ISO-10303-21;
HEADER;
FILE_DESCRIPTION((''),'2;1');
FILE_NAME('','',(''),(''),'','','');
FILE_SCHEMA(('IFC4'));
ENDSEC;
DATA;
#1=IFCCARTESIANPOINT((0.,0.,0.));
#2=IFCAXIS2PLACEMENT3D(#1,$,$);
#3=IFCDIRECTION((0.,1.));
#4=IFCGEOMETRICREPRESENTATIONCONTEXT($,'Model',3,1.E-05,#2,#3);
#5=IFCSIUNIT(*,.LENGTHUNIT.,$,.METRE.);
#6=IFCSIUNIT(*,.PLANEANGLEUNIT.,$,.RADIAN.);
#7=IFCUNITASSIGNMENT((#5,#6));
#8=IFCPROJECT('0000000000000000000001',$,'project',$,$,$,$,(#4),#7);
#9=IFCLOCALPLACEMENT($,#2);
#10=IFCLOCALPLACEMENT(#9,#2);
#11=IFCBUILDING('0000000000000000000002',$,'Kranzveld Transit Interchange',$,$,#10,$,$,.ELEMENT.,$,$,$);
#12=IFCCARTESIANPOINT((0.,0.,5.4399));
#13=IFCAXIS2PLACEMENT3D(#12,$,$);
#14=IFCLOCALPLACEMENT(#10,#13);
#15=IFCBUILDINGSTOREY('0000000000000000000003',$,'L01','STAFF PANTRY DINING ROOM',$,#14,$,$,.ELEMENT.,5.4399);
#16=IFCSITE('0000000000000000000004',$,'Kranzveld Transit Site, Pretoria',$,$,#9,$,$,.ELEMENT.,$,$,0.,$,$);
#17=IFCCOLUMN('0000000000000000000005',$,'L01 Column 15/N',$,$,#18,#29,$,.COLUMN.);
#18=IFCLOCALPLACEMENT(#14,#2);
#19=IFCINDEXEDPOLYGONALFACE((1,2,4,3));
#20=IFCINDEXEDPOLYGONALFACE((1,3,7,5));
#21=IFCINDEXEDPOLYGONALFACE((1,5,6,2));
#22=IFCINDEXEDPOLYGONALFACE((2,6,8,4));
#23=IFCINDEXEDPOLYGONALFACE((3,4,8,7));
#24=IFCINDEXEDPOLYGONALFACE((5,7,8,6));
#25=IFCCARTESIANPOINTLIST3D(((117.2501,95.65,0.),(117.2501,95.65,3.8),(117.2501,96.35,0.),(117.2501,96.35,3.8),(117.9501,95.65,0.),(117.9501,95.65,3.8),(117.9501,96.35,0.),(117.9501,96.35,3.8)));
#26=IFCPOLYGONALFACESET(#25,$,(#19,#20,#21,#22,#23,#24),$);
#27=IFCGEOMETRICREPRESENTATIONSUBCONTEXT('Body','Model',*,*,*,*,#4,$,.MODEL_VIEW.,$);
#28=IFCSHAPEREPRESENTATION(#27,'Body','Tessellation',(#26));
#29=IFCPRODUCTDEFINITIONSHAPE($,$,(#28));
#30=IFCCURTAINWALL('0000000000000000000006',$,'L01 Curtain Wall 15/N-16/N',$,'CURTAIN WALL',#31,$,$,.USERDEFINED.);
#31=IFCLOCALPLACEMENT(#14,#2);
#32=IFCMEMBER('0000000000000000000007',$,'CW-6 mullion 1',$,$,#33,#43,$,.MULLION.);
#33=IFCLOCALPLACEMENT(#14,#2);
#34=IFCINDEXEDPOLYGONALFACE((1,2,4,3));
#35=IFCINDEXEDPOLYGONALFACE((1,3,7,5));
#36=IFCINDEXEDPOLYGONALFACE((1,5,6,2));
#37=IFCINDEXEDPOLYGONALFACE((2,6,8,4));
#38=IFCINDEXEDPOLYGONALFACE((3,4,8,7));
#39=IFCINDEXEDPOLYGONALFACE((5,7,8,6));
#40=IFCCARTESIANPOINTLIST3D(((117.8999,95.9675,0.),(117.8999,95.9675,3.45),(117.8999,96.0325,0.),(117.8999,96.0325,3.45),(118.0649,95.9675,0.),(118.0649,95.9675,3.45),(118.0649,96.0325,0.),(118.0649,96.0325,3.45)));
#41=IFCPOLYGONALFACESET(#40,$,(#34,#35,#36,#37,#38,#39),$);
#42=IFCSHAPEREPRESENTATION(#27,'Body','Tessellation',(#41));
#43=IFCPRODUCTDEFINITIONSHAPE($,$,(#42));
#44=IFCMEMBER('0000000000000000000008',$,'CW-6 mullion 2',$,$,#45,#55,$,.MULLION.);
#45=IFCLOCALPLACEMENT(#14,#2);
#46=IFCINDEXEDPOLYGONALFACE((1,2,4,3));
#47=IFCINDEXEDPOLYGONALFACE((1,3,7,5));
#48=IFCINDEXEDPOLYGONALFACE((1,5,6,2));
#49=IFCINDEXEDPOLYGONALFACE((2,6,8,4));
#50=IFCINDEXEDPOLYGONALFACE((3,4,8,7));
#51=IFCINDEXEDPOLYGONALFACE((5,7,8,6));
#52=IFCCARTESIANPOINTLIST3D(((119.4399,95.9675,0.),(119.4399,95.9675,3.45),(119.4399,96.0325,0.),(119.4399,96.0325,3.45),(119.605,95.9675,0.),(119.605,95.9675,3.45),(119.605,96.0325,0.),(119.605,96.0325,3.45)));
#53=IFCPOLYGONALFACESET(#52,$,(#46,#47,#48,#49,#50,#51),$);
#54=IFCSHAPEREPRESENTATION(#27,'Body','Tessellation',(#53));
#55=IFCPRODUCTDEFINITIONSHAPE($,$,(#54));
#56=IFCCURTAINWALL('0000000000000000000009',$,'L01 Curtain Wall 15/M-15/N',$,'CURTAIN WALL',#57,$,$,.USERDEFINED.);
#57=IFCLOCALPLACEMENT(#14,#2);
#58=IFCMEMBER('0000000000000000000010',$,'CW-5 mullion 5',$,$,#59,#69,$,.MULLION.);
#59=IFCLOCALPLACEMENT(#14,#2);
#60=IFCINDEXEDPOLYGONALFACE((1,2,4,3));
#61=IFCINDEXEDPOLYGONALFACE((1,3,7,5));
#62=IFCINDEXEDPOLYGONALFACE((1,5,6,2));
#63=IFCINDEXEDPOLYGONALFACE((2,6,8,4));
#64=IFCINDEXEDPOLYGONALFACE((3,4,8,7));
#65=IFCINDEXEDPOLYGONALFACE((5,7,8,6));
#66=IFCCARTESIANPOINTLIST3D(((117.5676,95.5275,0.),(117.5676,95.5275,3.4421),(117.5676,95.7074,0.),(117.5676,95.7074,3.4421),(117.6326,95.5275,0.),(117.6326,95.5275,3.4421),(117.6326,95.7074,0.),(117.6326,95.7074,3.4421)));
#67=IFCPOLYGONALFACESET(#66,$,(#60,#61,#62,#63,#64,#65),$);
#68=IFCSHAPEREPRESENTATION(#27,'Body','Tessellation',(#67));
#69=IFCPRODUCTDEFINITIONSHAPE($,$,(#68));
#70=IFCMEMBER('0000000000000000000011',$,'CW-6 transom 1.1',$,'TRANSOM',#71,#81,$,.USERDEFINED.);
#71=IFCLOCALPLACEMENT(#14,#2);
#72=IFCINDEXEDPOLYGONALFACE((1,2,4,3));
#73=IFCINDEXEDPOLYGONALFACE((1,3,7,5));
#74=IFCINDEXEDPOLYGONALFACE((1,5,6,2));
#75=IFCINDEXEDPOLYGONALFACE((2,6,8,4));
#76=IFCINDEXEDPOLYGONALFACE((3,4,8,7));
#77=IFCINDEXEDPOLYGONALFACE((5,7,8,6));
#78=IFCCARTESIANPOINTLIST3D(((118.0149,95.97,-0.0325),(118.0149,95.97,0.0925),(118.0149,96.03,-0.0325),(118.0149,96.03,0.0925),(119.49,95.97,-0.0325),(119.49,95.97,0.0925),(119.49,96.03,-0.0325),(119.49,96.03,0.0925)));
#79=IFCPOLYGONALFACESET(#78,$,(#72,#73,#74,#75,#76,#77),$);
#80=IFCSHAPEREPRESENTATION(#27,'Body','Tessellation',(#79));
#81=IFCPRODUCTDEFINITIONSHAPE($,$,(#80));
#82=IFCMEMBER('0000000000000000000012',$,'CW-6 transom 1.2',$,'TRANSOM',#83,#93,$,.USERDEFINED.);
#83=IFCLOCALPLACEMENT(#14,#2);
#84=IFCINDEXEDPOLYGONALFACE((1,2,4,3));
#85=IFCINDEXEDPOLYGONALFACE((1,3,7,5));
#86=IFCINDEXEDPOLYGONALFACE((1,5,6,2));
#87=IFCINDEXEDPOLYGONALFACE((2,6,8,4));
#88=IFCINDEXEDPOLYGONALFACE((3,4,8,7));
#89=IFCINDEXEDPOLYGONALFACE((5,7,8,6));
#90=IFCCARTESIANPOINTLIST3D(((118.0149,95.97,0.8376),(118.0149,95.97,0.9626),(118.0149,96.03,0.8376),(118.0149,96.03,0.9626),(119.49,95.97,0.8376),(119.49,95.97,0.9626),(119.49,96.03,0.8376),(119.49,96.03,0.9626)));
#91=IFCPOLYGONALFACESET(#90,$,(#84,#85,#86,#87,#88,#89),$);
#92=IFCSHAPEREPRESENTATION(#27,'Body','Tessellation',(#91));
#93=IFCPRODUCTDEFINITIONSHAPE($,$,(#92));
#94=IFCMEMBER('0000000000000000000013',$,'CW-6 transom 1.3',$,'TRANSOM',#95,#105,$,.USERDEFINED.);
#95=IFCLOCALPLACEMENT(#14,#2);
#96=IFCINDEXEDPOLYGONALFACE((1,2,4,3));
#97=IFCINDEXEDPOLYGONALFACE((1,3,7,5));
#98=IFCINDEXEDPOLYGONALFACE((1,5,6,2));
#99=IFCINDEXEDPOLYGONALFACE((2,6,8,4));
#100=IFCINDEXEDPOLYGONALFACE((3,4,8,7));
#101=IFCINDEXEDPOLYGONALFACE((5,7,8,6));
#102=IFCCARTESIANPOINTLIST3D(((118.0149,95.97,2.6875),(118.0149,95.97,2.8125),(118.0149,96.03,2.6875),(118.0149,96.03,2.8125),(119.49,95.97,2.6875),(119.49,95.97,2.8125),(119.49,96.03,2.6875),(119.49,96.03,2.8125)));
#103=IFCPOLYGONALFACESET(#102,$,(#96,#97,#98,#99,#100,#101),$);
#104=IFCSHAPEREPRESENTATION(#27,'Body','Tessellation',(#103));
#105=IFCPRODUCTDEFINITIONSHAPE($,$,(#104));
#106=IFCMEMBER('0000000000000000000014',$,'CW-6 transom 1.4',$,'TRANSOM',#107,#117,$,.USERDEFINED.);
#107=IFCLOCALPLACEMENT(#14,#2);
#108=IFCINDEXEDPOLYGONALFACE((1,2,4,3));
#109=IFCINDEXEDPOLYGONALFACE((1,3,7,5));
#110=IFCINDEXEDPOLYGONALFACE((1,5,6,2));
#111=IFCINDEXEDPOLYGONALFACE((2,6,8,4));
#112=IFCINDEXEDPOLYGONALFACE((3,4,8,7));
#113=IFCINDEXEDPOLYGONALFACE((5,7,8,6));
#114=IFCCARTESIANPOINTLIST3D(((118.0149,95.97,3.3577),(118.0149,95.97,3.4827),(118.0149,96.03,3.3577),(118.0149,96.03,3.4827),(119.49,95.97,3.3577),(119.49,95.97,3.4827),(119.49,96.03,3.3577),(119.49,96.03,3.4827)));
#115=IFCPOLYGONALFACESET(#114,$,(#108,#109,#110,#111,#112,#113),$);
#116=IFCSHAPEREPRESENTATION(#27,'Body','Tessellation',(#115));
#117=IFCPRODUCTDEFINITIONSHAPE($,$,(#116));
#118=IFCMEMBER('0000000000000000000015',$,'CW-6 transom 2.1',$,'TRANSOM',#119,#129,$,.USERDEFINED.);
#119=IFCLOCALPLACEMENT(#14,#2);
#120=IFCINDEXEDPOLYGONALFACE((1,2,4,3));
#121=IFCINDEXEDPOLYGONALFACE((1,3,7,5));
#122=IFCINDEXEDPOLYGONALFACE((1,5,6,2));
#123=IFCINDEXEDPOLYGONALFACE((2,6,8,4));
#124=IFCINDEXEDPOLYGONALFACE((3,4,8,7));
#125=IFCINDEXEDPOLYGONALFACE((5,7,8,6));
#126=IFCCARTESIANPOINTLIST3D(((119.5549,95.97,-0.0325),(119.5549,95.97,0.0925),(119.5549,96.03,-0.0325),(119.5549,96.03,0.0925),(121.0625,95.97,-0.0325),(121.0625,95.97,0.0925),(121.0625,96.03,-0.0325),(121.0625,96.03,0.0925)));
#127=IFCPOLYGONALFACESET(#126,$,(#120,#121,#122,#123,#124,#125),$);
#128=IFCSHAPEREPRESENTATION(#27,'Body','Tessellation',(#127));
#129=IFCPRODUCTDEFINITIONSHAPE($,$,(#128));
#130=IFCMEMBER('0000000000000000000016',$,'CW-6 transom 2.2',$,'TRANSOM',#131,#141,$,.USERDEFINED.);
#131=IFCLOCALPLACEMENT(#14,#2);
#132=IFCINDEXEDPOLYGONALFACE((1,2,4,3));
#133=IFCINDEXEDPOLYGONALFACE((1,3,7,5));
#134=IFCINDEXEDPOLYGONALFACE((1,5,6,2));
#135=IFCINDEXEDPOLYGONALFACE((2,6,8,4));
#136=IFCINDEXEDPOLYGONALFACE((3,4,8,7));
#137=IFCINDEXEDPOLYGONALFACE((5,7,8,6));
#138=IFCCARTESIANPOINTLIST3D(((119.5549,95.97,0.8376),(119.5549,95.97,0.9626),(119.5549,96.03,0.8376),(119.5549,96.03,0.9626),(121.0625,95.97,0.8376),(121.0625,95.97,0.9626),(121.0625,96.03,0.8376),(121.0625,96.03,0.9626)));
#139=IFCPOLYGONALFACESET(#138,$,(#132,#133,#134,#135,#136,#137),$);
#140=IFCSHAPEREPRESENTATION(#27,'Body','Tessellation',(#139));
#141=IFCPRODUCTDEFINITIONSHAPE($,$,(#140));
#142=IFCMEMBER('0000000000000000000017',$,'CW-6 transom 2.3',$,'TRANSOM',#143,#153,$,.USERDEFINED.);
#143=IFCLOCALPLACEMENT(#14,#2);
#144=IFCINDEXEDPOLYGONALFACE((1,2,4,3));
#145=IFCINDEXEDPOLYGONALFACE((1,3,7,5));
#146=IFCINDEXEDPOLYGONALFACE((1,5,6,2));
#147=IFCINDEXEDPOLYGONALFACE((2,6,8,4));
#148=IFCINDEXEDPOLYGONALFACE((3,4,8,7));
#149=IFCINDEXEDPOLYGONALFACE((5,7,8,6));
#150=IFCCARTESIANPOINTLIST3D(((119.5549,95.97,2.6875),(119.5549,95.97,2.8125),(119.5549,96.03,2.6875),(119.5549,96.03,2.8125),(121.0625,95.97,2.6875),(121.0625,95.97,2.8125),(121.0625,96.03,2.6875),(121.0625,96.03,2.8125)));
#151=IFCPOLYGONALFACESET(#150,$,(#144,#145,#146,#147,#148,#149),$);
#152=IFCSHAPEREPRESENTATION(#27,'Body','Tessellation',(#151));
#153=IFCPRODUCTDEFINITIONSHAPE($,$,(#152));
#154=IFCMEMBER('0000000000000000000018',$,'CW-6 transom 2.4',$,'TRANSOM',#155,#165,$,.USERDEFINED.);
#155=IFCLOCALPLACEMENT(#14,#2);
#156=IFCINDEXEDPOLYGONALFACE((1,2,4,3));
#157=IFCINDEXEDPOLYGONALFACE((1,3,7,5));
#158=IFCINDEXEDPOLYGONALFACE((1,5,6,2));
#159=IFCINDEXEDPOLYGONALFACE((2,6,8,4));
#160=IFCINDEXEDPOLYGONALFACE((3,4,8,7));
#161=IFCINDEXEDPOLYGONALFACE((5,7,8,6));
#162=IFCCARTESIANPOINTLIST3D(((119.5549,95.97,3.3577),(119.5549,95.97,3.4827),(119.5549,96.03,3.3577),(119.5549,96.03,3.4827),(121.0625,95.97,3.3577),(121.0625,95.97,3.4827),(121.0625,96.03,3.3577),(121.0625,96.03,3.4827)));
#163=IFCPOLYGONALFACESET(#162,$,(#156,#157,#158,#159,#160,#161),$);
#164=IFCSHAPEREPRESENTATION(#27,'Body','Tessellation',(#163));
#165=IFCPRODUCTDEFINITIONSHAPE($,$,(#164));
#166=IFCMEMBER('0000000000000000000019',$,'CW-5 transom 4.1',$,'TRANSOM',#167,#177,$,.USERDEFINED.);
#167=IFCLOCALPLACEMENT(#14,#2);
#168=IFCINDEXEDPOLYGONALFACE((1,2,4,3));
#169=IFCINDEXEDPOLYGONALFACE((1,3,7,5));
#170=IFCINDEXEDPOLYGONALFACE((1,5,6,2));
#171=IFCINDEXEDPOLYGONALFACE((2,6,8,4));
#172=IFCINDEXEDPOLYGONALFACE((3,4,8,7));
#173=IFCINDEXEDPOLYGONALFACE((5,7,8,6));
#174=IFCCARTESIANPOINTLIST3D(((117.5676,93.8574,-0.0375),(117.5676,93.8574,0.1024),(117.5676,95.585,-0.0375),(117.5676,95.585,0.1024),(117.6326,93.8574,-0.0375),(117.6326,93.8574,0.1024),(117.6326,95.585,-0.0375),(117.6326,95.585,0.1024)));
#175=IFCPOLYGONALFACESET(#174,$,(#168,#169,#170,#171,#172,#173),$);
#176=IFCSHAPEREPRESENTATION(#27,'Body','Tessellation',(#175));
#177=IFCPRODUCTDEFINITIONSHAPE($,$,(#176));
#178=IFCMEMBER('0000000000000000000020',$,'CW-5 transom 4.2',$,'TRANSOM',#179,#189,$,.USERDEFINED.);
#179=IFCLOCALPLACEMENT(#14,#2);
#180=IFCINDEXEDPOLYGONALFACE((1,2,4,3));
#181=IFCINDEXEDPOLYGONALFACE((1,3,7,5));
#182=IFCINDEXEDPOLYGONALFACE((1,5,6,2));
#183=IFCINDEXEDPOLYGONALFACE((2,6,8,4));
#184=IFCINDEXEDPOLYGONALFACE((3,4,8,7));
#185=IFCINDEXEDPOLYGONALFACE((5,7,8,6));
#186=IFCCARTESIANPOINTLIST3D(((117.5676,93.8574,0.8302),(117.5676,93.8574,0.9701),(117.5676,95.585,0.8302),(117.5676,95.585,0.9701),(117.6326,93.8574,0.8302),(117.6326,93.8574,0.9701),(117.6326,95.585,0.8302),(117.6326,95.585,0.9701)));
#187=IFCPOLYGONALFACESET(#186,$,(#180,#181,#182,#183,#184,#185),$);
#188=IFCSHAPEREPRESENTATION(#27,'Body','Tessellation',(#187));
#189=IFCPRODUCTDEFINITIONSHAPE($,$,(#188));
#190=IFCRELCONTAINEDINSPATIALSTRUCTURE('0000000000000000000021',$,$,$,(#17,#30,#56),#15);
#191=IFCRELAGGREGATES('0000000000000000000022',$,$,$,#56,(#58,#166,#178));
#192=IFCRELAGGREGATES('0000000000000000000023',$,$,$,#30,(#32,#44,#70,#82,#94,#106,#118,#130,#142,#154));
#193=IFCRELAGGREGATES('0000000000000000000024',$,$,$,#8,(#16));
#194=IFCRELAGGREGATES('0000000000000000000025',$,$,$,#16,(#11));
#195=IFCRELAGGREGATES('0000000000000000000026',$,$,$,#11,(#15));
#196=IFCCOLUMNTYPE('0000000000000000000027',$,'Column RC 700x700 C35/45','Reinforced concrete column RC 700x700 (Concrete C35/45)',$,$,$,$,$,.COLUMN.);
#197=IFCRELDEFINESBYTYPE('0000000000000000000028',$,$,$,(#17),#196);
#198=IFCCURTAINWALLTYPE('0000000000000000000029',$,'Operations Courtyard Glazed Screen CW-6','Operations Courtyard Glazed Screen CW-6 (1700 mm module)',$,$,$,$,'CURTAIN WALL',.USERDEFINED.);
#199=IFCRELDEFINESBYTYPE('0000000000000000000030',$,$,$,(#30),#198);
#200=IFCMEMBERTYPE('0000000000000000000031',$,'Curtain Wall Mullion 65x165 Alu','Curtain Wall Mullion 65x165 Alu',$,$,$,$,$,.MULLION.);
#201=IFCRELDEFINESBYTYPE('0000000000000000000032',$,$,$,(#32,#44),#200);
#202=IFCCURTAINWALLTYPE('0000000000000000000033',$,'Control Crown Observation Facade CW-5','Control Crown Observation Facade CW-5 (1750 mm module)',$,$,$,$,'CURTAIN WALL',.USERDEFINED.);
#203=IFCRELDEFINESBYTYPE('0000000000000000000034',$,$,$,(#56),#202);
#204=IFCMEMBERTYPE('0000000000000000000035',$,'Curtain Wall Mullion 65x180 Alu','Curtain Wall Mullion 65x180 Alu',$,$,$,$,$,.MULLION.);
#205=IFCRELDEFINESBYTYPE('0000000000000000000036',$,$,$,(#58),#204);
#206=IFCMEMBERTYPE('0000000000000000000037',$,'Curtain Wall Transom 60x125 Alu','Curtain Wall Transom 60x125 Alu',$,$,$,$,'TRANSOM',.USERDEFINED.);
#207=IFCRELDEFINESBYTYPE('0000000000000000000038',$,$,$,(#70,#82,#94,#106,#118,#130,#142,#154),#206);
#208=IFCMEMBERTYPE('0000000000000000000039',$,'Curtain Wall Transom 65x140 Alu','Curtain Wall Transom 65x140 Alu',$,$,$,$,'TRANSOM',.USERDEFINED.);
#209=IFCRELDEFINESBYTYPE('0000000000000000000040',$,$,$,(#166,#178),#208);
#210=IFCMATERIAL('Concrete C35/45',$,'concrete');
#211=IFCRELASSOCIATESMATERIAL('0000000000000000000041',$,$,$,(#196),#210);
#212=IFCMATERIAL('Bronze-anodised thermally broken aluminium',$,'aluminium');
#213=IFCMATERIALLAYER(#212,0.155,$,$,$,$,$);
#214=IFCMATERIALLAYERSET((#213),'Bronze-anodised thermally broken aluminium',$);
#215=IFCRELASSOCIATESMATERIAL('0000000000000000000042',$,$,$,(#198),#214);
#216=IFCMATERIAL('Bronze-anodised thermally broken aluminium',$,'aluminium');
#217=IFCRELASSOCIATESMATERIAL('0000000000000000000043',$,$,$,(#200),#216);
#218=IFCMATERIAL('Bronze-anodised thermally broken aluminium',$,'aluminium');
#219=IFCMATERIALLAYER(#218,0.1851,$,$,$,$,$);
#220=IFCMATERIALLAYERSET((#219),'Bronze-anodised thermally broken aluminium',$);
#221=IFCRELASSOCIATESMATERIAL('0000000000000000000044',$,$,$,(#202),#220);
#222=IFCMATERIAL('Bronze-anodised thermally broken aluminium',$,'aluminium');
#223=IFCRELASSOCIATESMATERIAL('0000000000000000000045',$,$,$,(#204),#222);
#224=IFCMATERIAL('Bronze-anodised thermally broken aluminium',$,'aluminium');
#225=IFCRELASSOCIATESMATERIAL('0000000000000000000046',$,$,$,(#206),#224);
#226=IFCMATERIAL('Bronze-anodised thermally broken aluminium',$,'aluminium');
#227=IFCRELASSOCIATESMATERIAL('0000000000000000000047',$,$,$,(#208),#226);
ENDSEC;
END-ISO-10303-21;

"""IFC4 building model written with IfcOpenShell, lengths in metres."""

from ifc_helpers import new_model, si_unit, direction, frame, origin, origin_2d, place, context, subcontext, project, spatial, rectangle, extrude, material, layer, layer_set, material_profile, profile_set, type_object, element, aggregate, save


model = new_model("IFC4")

# Units and contexts
model_context = context("Model", 3, precision=1e-05, world=origin(), true_north=direction((0.0, 1.0)))
body_context = subcontext(model_context, "Body", "Model", "MODEL_VIEW")
ifc_project = project(units=[si_unit("LENGTHUNIT", "METRE"), si_unit("PLANEANGLEUNIT", "RADIAN")], contexts=[model_context])

# Site, building, storey
site_placement = place(None, origin())
site = spatial("IfcSite", under=ifc_project, at=site_placement, Name="Kranzveld Transit Site, Pretoria", CompositionType="ELEMENT", RefElevation=0.0)
building_placement = place(site_placement, origin())
building = spatial("IfcBuilding", under=site, at=building_placement, Name="Kranzveld Transit Interchange", CompositionType="ELEMENT")
storey_placement = place(building_placement, frame((0.0, 0.0, 5.4399)))
storey = spatial("IfcBuildingStorey", under=building, at=storey_placement, Name="L01", Description="STAFF PANTRY DINING ROOM", CompositionType="ELEMENT", Elevation=5.4399)

# Column
ifc_material_1 = material(Name="Concrete C35/45", Category="concrete")
ifc_material_profile_1 = material_profile(ifc_material_1, rectangle(XDim=0.7, YDim=0.7, at=origin_2d()), Name="RC 700x700")
ifc_profile_set_1 = profile_set([ifc_material_profile_1], Name="Concrete C35/45")
column_type = type_object("IfcColumnType", Name="Column RC 700x700 C35/45", Description="Reinforced concrete column RC 700x700 (Concrete C35/45)", PredefinedType="COLUMN", material=ifc_profile_set_1)
column_placement = place(storey_placement, frame((117.6001, 96.0, 0.0), z_axis=(0.0, 0.0, 1.0), x_axis=(1.0, 0.0, 0.0)))
element("IfcColumn", 1, at=column_placement, inside=storey, type_object=column_type, Name="L01 Column 15/N", PredefinedType="COLUMN", context=body_context, shape_type="SweptSolid", body=[
    extrude(rectangle(XDim=0.7, YDim=0.7, at=origin_2d()), origin(), (0.0, 0.0, 1.0), 3.8),
])

# Curtain wall, members
ifc_material_2 = material(Name="Bronze-anodised thermally broken aluminium", Category="aluminium")
ifc_layer_1 = layer(ifc_material_2, 0.155)
ifc_layer_set_1 = layer_set([ifc_layer_1], Name="Bronze-anodised thermally broken aluminium")
curtain_wall_type_1 = type_object("IfcCurtainWallType", Name="Operations Courtyard Glazed Screen CW-6", Description="Operations Courtyard Glazed Screen CW-6 (1700 mm module)", ElementType="CURTAIN WALL", PredefinedType="USERDEFINED", material=ifc_layer_set_1)
curtain_wall_1_placement = place(storey_placement, origin())
curtain_wall_1 = element("IfcCurtainWall", 2, at=curtain_wall_1_placement, inside=storey, type_object=curtain_wall_type_1, Name="L01 Curtain Wall 15/N-16/N", ObjectType="CURTAIN WALL", PredefinedType="USERDEFINED")
ifc_material_3 = material(Name="Bronze-anodised thermally broken aluminium", Category="aluminium")
ifc_material_profile_2 = material_profile(ifc_material_3, rectangle(XDim=0.0649, YDim=0.165, at=origin_2d()), Name="ALU MULLION 65x165")
ifc_profile_set_2 = profile_set([ifc_material_profile_2], Name="Bronze-anodised thermally broken aluminium")
member_type_1 = type_object("IfcMemberType", Name="Curtain Wall Mullion 65x165 Alu", Description="Curtain Wall Mullion 65x165 Alu", PredefinedType="MULLION", material=ifc_profile_set_2)
member_1_placement = place(storey_placement, frame((117.9824, 96.0, 0.0), z_axis=(0.0, 0.0, 1.0), x_axis=(0.0, 1.0, 0.0)))
member_1 = element("IfcMember", 3, at=member_1_placement, type_object=member_type_1, Name="CW-6 mullion 1", PredefinedType="MULLION", context=body_context, shape_type="SweptSolid", body=[
    extrude(rectangle(XDim=0.0649, YDim=0.165, at=origin_2d()), origin(), (0.0, 0.0, 1.0), 3.45),
])
member_2_placement = place(storey_placement, frame((119.5225, 96.0, 0.0), z_axis=(0.0, 0.0, 1.0), x_axis=(0.0, 1.0, 0.0)))
member_2 = element("IfcMember", 4, at=member_2_placement, type_object=member_type_1, Name="CW-6 mullion 2", PredefinedType="MULLION", context=body_context, shape_type="SweptSolid", body=[
    extrude(rectangle(XDim=0.0649, YDim=0.165, at=origin_2d()), origin(), (0.0, 0.0, 1.0), 3.45),
])

# Curtain wall, member
ifc_material_4 = material(Name="Bronze-anodised thermally broken aluminium", Category="aluminium")
ifc_layer_2 = layer(ifc_material_4, 0.1851)
ifc_layer_set_2 = layer_set([ifc_layer_2], Name="Bronze-anodised thermally broken aluminium")
curtain_wall_type_2 = type_object("IfcCurtainWallType", Name="Control Crown Observation Facade CW-5", Description="Control Crown Observation Facade CW-5 (1750 mm module)", ElementType="CURTAIN WALL", PredefinedType="USERDEFINED", material=ifc_layer_set_2)
curtain_wall_2_placement = place(storey_placement, origin())
curtain_wall_2 = element("IfcCurtainWall", 5, at=curtain_wall_2_placement, inside=storey, type_object=curtain_wall_type_2, Name="L01 Curtain Wall 15/M-15/N", ObjectType="CURTAIN WALL", PredefinedType="USERDEFINED")
ifc_material_5 = material(Name="Bronze-anodised thermally broken aluminium", Category="aluminium")
ifc_material_profile_3 = material_profile(ifc_material_5, rectangle(XDim=0.0649, YDim=0.1799, at=origin_2d()), Name="ALU MULLION 65x180")
ifc_profile_set_3 = profile_set([ifc_material_profile_3], Name="Bronze-anodised thermally broken aluminium")
member_type_2 = type_object("IfcMemberType", Name="Curtain Wall Mullion 65x180 Alu", Description="Curtain Wall Mullion 65x180 Alu", PredefinedType="MULLION", material=ifc_profile_set_3)
member_3_placement = place(storey_placement, frame((117.6001, 95.6174, 0.0), z_axis=(0.0, 0.0, 1.0), x_axis=(-1.0, 0.0, 0.0)))
member_3 = element("IfcMember", 6, at=member_3_placement, type_object=member_type_2, Name="CW-5 mullion 5", PredefinedType="MULLION", context=body_context, shape_type="SweptSolid", body=[
    extrude(rectangle(XDim=0.0649, YDim=0.1799, at=origin_2d()), origin(), (0.0, 0.0, 1.0), 3.4421),
])

# Members
ifc_material_6 = material(Name="Bronze-anodised thermally broken aluminium", Category="aluminium")
ifc_material_profile_4 = material_profile(ifc_material_6, rectangle(XDim=0.0601, YDim=0.125, at=origin_2d()), Name="ALU TRANSOM 60x125")
ifc_profile_set_4 = profile_set([ifc_material_profile_4], Name="Bronze-anodised thermally broken aluminium")
member_type_3 = type_object("IfcMemberType", Name="Curtain Wall Transom 60x125 Alu", Description="Curtain Wall Transom 60x125 Alu", ElementType="TRANSOM", PredefinedType="USERDEFINED", material=ifc_profile_set_4)
member_4_placement = place(storey_placement, frame((118.0149, 96.0, 0.03), z_axis=(1.0, 0.0, 0.0), x_axis=(0.0, 1.0, 0.0)))
member_4 = element("IfcMember", 7, at=member_4_placement, type_object=member_type_3, Name="CW-6 transom 1.1", ObjectType="TRANSOM", PredefinedType="USERDEFINED", context=body_context, shape_type="SweptSolid", body=[
    extrude(rectangle(XDim=0.0601, YDim=0.125, at=origin_2d()), origin(), (0.0, 0.0, 1.0), 1.4751),
])
member_5_placement = place(storey_placement, frame((118.0149, 96.0, 0.9001), z_axis=(1.0, 0.0, 0.0), x_axis=(0.0, 1.0, 0.0)))
member_5 = element("IfcMember", 8, at=member_5_placement, type_object=member_type_3, Name="CW-6 transom 1.2", ObjectType="TRANSOM", PredefinedType="USERDEFINED", context=body_context, shape_type="SweptSolid", body=[
    extrude(rectangle(XDim=0.0601, YDim=0.125, at=origin_2d()), origin(), (0.0, 0.0, 1.0), 1.4751),
])
member_6_placement = place(storey_placement, frame((118.0149, 96.0, 2.75), z_axis=(1.0, 0.0, 0.0), x_axis=(0.0, 1.0, 0.0)))
member_6 = element("IfcMember", 9, at=member_6_placement, type_object=member_type_3, Name="CW-6 transom 1.3", ObjectType="TRANSOM", PredefinedType="USERDEFINED", context=body_context, shape_type="SweptSolid", body=[
    extrude(rectangle(XDim=0.0601, YDim=0.125, at=origin_2d()), origin(), (0.0, 0.0, 1.0), 1.4751),
])
member_7_placement = place(storey_placement, frame((118.0149, 96.0, 3.4202), z_axis=(1.0, 0.0, 0.0), x_axis=(0.0, 1.0, 0.0)))
member_7 = element("IfcMember", 10, at=member_7_placement, type_object=member_type_3, Name="CW-6 transom 1.4", ObjectType="TRANSOM", PredefinedType="USERDEFINED", context=body_context, shape_type="SweptSolid", body=[
    extrude(rectangle(XDim=0.0601, YDim=0.125, at=origin_2d()), origin(), (0.0, 0.0, 1.0), 1.4751),
])
member_8_placement = place(storey_placement, frame((119.5549, 96.0, 0.03), z_axis=(1.0, 0.0, 0.0), x_axis=(0.0, 1.0, 0.0)))
member_8 = element("IfcMember", 11, at=member_8_placement, type_object=member_type_3, Name="CW-6 transom 2.1", ObjectType="TRANSOM", PredefinedType="USERDEFINED", context=body_context, shape_type="SweptSolid", body=[
    extrude(rectangle(XDim=0.0601, YDim=0.125, at=origin_2d()), origin(), (0.0, 0.0, 1.0), 1.5076),
])
member_9_placement = place(storey_placement, frame((119.5549, 96.0, 0.9001), z_axis=(1.0, 0.0, 0.0), x_axis=(0.0, 1.0, 0.0)))
member_9 = element("IfcMember", 12, at=member_9_placement, type_object=member_type_3, Name="CW-6 transom 2.2", ObjectType="TRANSOM", PredefinedType="USERDEFINED", context=body_context, shape_type="SweptSolid", body=[
    extrude(rectangle(XDim=0.0601, YDim=0.125, at=origin_2d()), origin(), (0.0, 0.0, 1.0), 1.5076),
])
member_10_placement = place(storey_placement, frame((119.5549, 96.0, 2.75), z_axis=(1.0, 0.0, 0.0), x_axis=(0.0, 1.0, 0.0)))
member_10 = element("IfcMember", 13, at=member_10_placement, type_object=member_type_3, Name="CW-6 transom 2.3", ObjectType="TRANSOM", PredefinedType="USERDEFINED", context=body_context, shape_type="SweptSolid", body=[
    extrude(rectangle(XDim=0.0601, YDim=0.125, at=origin_2d()), origin(), (0.0, 0.0, 1.0), 1.5076),
])
member_11_placement = place(storey_placement, frame((119.5549, 96.0, 3.4202), z_axis=(1.0, 0.0, 0.0), x_axis=(0.0, 1.0, 0.0)))
member_11 = element("IfcMember", 14, at=member_11_placement, type_object=member_type_3, Name="CW-6 transom 2.4", ObjectType="TRANSOM", PredefinedType="USERDEFINED", context=body_context, shape_type="SweptSolid", body=[
    extrude(rectangle(XDim=0.0601, YDim=0.125, at=origin_2d()), origin(), (0.0, 0.0, 1.0), 1.5076),
])
ifc_material_7 = material(Name="Bronze-anodised thermally broken aluminium", Category="aluminium")
ifc_material_profile_5 = material_profile(ifc_material_7, rectangle(XDim=0.0649, YDim=0.1399, at=origin_2d()), Name="ALU TRANSOM 65x140")
ifc_profile_set_5 = profile_set([ifc_material_profile_5], Name="Bronze-anodised thermally broken aluminium")
member_type_4 = type_object("IfcMemberType", Name="Curtain Wall Transom 65x140 Alu", Description="Curtain Wall Transom 65x140 Alu", ElementType="TRANSOM", PredefinedType="USERDEFINED", material=ifc_profile_set_5)
member_12_placement = place(storey_placement, frame((117.6001, 93.8574, 0.0325), z_axis=(0.0, 1.0, 0.0), x_axis=(-1.0, 0.0, 0.0)))
member_12 = element("IfcMember", 15, at=member_12_placement, type_object=member_type_4, Name="CW-5 transom 4.1", ObjectType="TRANSOM", PredefinedType="USERDEFINED", context=body_context, shape_type="SweptSolid", body=[
    extrude(rectangle(XDim=0.0649, YDim=0.1399, at=origin_2d()), origin(), (0.0, 0.0, 1.0), 1.7275),
])
member_13_placement = place(storey_placement, frame((117.6001, 93.8574, 0.9001), z_axis=(0.0, 1.0, 0.0), x_axis=(-1.0, 0.0, 0.0)))
member_13 = element("IfcMember", 16, at=member_13_placement, type_object=member_type_4, Name="CW-5 transom 4.2", ObjectType="TRANSOM", PredefinedType="USERDEFINED", context=body_context, shape_type="SweptSolid", body=[
    extrude(rectangle(XDim=0.0649, YDim=0.1399, at=origin_2d()), origin(), (0.0, 0.0, 1.0), 1.7275),
])

aggregate(curtain_wall_2, [member_3, member_12, member_13])
aggregate(curtain_wall_1, [member_1, member_2, member_4, member_5, member_6, member_7, member_8, member_9, member_10, member_11])

save(model, "model.ifc")
